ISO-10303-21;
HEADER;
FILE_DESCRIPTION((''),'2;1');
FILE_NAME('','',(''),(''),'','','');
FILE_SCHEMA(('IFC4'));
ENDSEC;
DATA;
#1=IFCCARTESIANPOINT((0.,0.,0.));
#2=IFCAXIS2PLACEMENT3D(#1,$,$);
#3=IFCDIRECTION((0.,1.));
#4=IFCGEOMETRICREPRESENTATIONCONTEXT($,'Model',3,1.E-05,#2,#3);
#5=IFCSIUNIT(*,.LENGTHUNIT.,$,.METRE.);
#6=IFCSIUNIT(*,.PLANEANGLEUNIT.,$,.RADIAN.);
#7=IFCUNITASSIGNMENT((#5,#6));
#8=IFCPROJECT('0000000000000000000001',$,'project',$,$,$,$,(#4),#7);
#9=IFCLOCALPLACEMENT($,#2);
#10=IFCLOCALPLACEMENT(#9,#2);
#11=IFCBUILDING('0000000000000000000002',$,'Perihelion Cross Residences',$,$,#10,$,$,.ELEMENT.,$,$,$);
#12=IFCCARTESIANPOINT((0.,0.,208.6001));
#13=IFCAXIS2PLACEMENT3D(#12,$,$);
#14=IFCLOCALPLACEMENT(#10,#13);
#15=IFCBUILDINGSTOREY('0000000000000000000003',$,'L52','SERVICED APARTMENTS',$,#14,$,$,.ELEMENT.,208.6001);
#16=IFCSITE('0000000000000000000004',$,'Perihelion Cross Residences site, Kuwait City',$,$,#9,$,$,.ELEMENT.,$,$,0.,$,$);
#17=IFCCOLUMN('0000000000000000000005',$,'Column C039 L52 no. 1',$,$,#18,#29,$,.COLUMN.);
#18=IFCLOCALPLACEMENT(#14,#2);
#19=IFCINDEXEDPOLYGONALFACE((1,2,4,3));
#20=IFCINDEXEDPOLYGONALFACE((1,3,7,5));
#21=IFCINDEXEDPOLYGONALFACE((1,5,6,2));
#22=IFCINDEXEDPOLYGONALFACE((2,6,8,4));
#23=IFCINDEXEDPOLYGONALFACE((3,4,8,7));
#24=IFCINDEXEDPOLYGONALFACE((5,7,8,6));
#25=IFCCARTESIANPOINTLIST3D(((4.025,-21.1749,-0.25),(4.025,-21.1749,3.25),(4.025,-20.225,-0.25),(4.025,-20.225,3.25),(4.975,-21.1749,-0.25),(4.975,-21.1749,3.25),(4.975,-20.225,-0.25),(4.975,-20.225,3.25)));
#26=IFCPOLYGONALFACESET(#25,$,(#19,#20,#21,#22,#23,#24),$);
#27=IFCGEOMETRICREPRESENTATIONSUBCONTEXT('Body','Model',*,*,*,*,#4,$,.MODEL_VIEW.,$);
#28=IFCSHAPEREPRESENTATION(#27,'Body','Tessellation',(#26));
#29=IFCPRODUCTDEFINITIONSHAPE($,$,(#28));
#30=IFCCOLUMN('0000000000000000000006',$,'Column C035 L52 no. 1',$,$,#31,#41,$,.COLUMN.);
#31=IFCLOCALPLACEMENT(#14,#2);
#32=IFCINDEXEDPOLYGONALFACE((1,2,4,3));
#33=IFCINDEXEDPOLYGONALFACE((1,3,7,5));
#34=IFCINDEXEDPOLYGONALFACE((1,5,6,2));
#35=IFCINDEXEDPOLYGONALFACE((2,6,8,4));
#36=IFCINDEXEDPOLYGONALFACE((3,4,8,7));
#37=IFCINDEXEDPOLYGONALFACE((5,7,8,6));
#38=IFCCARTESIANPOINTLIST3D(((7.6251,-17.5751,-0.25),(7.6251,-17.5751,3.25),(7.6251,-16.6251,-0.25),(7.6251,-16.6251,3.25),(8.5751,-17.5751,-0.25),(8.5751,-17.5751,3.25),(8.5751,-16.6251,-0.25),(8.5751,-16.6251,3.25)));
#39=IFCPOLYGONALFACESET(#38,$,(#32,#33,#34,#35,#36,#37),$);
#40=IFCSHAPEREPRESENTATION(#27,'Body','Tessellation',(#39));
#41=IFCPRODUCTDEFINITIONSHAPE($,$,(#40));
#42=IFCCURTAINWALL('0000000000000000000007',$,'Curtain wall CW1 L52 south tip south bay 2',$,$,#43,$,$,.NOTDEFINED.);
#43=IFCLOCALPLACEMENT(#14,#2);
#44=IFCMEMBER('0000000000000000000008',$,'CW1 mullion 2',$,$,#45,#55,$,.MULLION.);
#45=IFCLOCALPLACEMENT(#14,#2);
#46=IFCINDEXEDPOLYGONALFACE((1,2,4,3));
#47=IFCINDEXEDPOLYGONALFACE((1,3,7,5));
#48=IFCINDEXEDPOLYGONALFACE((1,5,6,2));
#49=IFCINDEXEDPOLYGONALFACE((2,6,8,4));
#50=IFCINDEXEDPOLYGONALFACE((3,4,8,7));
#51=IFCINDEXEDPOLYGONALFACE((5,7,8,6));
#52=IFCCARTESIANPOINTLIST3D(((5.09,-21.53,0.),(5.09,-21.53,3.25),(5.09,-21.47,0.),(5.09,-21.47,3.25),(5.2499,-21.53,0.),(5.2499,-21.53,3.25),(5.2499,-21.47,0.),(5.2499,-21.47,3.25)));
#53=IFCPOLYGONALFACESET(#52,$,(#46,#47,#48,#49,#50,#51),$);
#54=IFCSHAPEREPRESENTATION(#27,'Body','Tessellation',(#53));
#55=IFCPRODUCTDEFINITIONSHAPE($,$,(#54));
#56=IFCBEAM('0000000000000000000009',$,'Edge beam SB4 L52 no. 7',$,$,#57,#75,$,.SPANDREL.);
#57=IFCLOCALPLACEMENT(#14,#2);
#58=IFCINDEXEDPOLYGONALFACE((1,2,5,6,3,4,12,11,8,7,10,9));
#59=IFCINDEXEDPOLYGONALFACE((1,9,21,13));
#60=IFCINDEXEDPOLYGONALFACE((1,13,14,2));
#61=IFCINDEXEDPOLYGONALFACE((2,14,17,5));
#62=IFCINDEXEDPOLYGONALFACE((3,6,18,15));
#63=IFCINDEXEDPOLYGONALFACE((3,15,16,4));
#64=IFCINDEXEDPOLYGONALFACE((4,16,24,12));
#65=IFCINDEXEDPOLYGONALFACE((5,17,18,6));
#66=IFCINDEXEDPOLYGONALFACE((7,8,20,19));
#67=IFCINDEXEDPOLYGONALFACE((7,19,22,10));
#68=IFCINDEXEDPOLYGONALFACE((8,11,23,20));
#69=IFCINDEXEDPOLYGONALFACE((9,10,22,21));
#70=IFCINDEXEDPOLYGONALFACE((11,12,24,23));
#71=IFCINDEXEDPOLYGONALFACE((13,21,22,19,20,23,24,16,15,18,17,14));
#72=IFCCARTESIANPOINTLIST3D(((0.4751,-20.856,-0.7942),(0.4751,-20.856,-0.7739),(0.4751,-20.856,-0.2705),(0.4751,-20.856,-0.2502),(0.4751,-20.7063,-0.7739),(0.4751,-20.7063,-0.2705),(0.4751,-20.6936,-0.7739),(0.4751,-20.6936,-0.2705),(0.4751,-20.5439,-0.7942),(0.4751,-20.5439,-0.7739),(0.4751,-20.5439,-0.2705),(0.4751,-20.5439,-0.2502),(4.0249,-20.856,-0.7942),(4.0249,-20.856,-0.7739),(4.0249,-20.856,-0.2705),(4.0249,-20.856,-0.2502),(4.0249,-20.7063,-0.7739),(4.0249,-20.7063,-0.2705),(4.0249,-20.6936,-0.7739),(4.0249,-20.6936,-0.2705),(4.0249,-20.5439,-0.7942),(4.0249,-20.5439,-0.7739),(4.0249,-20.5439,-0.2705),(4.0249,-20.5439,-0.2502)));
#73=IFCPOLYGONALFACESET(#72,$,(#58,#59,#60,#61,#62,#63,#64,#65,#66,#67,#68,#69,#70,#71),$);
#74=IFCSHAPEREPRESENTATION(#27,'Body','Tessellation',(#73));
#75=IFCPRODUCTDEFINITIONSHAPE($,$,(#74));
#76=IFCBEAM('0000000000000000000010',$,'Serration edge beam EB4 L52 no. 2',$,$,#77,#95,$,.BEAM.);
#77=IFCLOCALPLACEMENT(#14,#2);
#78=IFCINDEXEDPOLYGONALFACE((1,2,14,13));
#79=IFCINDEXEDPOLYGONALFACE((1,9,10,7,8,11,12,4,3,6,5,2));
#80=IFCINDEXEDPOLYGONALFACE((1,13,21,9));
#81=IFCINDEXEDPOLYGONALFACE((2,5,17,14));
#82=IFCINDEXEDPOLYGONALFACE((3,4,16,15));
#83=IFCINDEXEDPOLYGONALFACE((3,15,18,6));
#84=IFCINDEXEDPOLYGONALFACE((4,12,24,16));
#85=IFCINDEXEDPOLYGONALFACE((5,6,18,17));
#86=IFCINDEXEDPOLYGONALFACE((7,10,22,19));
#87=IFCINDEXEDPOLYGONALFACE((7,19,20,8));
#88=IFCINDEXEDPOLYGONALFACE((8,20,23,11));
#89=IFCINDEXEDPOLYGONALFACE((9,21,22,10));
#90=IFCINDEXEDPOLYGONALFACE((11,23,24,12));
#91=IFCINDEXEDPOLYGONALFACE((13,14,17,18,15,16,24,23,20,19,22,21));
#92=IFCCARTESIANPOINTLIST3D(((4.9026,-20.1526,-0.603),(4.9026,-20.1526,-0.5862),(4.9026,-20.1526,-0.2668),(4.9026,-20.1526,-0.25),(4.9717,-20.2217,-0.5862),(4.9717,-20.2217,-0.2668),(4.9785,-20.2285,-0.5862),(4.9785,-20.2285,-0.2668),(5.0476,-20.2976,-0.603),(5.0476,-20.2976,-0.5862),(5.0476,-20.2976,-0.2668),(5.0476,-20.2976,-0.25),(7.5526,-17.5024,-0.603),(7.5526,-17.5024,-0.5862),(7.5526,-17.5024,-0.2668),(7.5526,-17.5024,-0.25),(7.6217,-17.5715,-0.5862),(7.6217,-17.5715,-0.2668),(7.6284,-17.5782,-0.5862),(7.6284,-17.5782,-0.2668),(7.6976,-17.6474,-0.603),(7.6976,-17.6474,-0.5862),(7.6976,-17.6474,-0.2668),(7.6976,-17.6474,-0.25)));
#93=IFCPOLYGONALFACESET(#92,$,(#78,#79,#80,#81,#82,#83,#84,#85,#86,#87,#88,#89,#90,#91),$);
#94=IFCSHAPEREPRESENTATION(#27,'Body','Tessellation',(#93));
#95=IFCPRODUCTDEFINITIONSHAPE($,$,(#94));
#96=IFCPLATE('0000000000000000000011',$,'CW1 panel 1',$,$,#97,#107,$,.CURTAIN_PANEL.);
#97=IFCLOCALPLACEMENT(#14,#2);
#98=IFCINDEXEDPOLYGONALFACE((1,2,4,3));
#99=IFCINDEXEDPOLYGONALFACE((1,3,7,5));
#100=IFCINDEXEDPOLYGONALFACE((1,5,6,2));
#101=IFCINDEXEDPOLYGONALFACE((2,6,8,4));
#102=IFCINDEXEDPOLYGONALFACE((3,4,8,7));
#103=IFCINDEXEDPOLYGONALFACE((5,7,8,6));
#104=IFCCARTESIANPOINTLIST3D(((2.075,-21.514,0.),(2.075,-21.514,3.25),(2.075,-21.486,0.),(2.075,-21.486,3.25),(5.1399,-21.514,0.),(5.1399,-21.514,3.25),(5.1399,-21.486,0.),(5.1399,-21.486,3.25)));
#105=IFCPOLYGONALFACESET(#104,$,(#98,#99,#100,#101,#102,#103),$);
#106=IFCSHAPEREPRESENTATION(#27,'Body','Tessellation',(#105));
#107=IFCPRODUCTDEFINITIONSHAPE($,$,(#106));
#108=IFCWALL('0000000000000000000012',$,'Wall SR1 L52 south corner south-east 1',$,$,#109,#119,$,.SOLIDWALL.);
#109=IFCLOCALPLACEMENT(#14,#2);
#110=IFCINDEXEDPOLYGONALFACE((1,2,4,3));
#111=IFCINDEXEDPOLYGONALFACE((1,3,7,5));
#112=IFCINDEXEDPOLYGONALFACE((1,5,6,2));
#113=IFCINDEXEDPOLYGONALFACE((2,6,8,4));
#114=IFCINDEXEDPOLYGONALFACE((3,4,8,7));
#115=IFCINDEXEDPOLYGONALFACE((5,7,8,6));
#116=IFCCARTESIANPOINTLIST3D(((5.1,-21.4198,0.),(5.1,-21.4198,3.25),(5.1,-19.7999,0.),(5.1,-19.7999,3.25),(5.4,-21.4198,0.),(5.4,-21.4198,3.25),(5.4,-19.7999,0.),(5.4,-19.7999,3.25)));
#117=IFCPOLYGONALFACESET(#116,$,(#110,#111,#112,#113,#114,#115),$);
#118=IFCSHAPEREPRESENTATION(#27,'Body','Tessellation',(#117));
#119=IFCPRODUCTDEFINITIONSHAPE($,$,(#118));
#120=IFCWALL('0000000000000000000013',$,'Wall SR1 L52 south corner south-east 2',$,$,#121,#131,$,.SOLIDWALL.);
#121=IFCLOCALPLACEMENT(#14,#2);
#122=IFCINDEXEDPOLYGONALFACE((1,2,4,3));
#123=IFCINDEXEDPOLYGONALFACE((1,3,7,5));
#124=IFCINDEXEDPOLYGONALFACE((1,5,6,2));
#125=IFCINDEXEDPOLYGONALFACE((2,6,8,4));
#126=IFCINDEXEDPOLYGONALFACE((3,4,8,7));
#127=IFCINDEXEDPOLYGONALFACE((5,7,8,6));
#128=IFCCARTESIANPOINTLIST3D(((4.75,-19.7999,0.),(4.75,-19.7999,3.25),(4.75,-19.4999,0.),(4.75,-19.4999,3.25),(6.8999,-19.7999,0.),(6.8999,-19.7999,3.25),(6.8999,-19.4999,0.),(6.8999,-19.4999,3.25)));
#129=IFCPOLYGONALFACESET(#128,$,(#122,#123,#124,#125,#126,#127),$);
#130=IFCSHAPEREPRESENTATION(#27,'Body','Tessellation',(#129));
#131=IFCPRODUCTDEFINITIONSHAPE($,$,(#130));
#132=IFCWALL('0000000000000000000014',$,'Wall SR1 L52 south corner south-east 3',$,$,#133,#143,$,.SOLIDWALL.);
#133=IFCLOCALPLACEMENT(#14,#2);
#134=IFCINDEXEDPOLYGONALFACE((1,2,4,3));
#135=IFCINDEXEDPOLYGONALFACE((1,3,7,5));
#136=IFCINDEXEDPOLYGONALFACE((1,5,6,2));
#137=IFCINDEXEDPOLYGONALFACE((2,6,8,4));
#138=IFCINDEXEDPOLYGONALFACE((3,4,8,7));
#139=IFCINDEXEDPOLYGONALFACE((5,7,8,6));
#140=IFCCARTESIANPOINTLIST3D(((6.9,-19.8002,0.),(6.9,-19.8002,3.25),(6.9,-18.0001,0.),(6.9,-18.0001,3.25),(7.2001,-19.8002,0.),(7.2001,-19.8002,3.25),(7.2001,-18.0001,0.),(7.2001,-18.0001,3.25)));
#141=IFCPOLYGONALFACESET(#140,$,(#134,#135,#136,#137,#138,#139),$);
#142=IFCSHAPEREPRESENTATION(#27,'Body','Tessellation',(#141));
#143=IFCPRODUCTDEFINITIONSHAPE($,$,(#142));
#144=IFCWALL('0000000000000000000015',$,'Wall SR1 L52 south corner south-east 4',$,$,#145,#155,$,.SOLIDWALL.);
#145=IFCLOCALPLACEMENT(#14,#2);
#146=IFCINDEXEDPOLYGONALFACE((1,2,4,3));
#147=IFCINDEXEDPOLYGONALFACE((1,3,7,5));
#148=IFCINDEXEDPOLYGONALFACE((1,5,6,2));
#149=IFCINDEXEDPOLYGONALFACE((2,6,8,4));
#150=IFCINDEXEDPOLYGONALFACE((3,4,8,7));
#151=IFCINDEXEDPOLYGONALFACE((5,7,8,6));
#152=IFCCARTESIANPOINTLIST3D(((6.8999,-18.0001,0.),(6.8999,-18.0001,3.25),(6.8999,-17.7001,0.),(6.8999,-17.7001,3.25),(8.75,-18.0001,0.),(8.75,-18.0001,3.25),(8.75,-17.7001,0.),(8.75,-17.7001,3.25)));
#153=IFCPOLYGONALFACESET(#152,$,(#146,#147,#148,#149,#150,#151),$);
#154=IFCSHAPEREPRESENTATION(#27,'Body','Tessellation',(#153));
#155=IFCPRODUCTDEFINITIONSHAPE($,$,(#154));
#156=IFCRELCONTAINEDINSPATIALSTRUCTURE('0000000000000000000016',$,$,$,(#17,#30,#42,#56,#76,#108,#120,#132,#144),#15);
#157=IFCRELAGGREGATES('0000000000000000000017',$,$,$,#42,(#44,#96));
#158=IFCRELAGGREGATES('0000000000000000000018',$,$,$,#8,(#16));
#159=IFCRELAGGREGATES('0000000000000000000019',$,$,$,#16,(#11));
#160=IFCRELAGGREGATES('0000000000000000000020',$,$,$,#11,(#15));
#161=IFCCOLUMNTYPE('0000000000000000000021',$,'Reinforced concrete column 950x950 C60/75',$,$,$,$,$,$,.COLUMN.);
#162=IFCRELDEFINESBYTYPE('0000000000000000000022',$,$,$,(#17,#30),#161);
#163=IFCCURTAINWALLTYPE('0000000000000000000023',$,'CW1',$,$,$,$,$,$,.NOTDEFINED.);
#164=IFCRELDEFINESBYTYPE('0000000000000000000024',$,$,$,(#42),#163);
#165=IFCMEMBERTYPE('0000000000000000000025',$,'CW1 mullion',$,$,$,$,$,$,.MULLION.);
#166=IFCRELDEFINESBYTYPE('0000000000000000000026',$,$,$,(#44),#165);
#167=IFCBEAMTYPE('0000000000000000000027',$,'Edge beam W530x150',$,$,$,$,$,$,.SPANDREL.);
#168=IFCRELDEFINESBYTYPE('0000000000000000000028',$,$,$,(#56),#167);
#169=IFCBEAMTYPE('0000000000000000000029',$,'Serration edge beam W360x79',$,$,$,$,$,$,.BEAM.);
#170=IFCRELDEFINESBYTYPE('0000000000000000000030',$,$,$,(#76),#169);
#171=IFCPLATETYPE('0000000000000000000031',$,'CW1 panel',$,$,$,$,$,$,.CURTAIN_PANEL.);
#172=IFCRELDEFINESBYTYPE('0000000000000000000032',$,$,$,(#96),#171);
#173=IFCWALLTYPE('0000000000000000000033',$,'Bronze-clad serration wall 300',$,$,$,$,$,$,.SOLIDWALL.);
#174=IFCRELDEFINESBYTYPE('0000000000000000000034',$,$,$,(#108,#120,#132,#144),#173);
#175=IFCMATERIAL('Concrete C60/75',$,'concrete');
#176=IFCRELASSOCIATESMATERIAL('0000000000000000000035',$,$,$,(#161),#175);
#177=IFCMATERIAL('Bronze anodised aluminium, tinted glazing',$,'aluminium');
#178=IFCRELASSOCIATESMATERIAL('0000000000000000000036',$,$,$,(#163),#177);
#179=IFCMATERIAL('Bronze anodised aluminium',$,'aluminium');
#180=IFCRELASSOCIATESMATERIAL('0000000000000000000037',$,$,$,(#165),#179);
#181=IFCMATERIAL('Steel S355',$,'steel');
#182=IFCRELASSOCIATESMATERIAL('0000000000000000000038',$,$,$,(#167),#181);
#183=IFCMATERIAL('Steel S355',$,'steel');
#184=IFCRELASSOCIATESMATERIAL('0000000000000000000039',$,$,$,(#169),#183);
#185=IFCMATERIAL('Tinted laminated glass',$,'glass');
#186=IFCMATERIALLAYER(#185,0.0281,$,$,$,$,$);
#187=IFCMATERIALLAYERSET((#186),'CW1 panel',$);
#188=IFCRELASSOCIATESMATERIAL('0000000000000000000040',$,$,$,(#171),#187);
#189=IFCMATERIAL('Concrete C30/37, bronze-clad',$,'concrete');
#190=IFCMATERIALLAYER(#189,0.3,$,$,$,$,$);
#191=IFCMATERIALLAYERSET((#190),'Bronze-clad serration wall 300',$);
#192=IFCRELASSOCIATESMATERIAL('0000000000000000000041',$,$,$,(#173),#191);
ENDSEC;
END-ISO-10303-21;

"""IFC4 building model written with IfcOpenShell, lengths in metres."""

from ifc_helpers import new_model, si_unit, direction, frame, frame_2d, origin, origin_2d, place, context, subcontext, project, spatial, rectangle, i_section, extrude, material, layer, layer_set, material_profile, profile_set, type_object, element, aggregate, save


model = new_model("IFC4")

# Units and contexts
model_context = context("Model", 3, precision=1e-05, world=origin(), true_north=direction((0.0, 1.0)))
body_context = subcontext(model_context, "Body", "Model", "MODEL_VIEW")
ifc_project = project(units=[si_unit("LENGTHUNIT", "METRE"), si_unit("PLANEANGLEUNIT", "RADIAN")], contexts=[model_context])

# Site, building, storey
site_placement = place(None, origin())
site = spatial("IfcSite", under=ifc_project, at=site_placement, Name="Perihelion Cross Residences site, Kuwait City", CompositionType="ELEMENT", RefElevation=0.0)
building_placement = place(site_placement, origin())
building = spatial("IfcBuilding", under=site, at=building_placement, Name="Perihelion Cross Residences", CompositionType="ELEMENT")
storey_placement = place(building_placement, frame((0.0, 0.0, 208.6001)))
storey = spatial("IfcBuildingStorey", under=building, at=storey_placement, Name="L52", Description="SERVICED APARTMENTS", CompositionType="ELEMENT", Elevation=208.6001)

# Columns
ifc_material_1 = material(Name="Concrete C60/75", Category="concrete")
ifc_material_profile_1 = material_profile(ifc_material_1, rectangle(XDim=0.95, YDim=0.95, at=origin_2d()), Name="RC 950x950")
ifc_profile_set_1 = profile_set([ifc_material_profile_1], Name="Concrete C60/75")
column_type = type_object("IfcColumnType", Name="Reinforced concrete column 950x950 C60/75", PredefinedType="COLUMN", material=ifc_profile_set_1)
for number, where, z_axis, x_axis, name in (
    (1, (4.5, -20.7, -0.25), (0.0, 0.0, 1.0), (1.0, 0.0, 0.0), "Column C039 L52 no. 1"),
    (2, (8.1001, -17.1001, -0.25), (0.0, 0.0, 1.0), (1.0, 0.0, 0.0), "Column C035 L52 no. 1"),
):
    element("IfcColumn", number, at=place(storey_placement, frame(where, z_axis=z_axis, x_axis=x_axis)), inside=storey, type_object=column_type, Name=name, PredefinedType="COLUMN", context=body_context, shape_type="SweptSolid", body=[
        extrude(rectangle(XDim=0.95, YDim=0.95, at=origin_2d()), origin(), (0.0, 0.0, 1.0), 3.5),
    ])

# Curtain wall, member
ifc_material_2 = material(Name="Bronze anodised aluminium, tinted glazing", Category="aluminium")
curtain_wall_type = type_object("IfcCurtainWallType", Name="CW1", PredefinedType="NOTDEFINED", material=ifc_material_2)
curtain_wall_placement = place(storey_placement, origin())
curtain_wall = element("IfcCurtainWall", 3, at=curtain_wall_placement, inside=storey, type_object=curtain_wall_type, Name="Curtain wall CW1 L52 south tip south bay 2", PredefinedType="NOTDEFINED")
ifc_material_3 = material(Name="Bronze anodised aluminium", Category="aluminium")
ifc_material_profile_2 = material_profile(ifc_material_3, rectangle(XDim=0.0601, YDim=0.1599, at=origin_2d()), Name="CW1 mullion")
ifc_profile_set_2 = profile_set([ifc_material_profile_2], Name="Bronze anodised aluminium")
member_type = type_object("IfcMemberType", Name="CW1 mullion", PredefinedType="MULLION", material=ifc_profile_set_2)
member_placement = place(storey_placement, frame((5.1699, -21.5, 0.0), z_axis=(0.0, 0.0, 1.0), x_axis=(0.0, 1.0, 0.0)))
member = element("IfcMember", 4, at=member_placement, type_object=member_type, Name="CW1 mullion 2", PredefinedType="MULLION", context=body_context, shape_type="SweptSolid", body=[
    extrude(rectangle(XDim=0.0601, YDim=0.1599, at=origin_2d()), origin(), (0.0, 0.0, 1.0), 3.25),
])

# Beams
ifc_material_4 = material(Name="Steel S355", Category="steel")
ifc_material_profile_3 = material_profile(ifc_material_4, i_section(OverallWidth=0.312, OverallDepth=0.5439, WebThickness=0.0127, FlangeThickness=0.0203, at=origin_2d()), Name="W530x150")
ifc_profile_set_3 = profile_set([ifc_material_profile_3], Name="Steel S355")
beam_type_1 = type_object("IfcBeamType", Name="Edge beam W530x150", PredefinedType="SPANDREL", material=ifc_profile_set_3)
beam_1_placement = place(storey_placement, frame((0.4751, -20.7, -0.5222), z_axis=(1.0, 0.0, 0.0), x_axis=(0.0, 1.0, 0.0)))
element("IfcBeam", 5, at=beam_1_placement, inside=storey, type_object=beam_type_1, Name="Edge beam SB4 L52 no. 7", PredefinedType="SPANDREL", context=body_context, shape_type="SweptSolid", body=[
    extrude(i_section(OverallWidth=0.312, OverallDepth=0.5439, WebThickness=0.0127, FlangeThickness=0.0203, at=origin_2d()), origin(), (0.0, 0.0, 1.0), 3.5498),
])
ifc_material_5 = material(Name="Steel S355", Category="steel")
ifc_material_profile_4 = material_profile(ifc_material_5, i_section(OverallWidth=0.2051, OverallDepth=0.353, WebThickness=0.0095, FlangeThickness=0.0168, at=origin_2d()), Name="W360x79")
ifc_profile_set_4 = profile_set([ifc_material_profile_4], Name="Steel S355")
beam_type_2 = type_object("IfcBeamType", Name="Serration edge beam W360x79", PredefinedType="BEAM", material=ifc_profile_set_4)
beam_2_placement = place(storey_placement, frame((4.9751, -20.2251, -0.4265), z_axis=(0.707074, 0.707139, 0.0), x_axis=(-0.707139, 0.707074, 0.0)))
element("IfcBeam", 6, at=beam_2_placement, inside=storey, type_object=beam_type_2, Name="Serration edge beam EB4 L52 no. 2", PredefinedType="BEAM", context=body_context, shape_type="SweptSolid", body=[
    extrude(i_section(OverallWidth=0.2051, OverallDepth=0.353, WebThickness=0.0095, FlangeThickness=0.0168, at=origin_2d()), origin(), (0.0, 0.0, 1.0), 3.7478),
])

# Plate
ifc_material_6 = material(Name="Tinted laminated glass", Category="glass")
ifc_layer_1 = layer(ifc_material_6, 0.0281)
ifc_layer_set_1 = layer_set([ifc_layer_1], Name="CW1 panel")
plate_type = type_object("IfcPlateType", Name="CW1 panel", PredefinedType="CURTAIN_PANEL", material=ifc_layer_set_1)
plate_placement = place(storey_placement, frame((3.6074, -21.5, 0.0), z_axis=(0.0, 0.0, 1.0), x_axis=(1.0, 0.0, 0.0)))
plate = element("IfcPlate", 7, at=plate_placement, type_object=plate_type, Name="CW1 panel 1", PredefinedType="CURTAIN_PANEL", context=body_context, shape_type="SweptSolid", body=[
    extrude(rectangle(XDim=3.0649, YDim=0.0281, at=origin_2d()), origin(), (0.0, 0.0, 1.0), 3.25),
])
aggregate(curtain_wall, [member, plate])

# Walls
ifc_material_7 = material(Name="Concrete C30/37, bronze-clad", Category="concrete")
ifc_layer_2 = layer(ifc_material_7, 0.3)
ifc_layer_set_2 = layer_set([ifc_layer_2], Name="Bronze-clad serration wall 300")
wall_type_1 = type_object("IfcWallType", Name="Bronze-clad serration wall 300", PredefinedType="SOLIDWALL", material=ifc_layer_set_2)
wall_1_placement = place(storey_placement, frame((5.25, -21.4199, 0.0), z_axis=(0.0, 0.0, 1.0), x_axis=(0.0, 1.0, 0.0)))
element("IfcWall", 8, at=wall_1_placement, inside=storey, type_object=wall_type_1, Name="Wall SR1 L52 south corner south-east 1", PredefinedType="SOLIDWALL", context=body_context, shape_type="SweptSolid", body=[
    extrude(rectangle(XDim=1.6199, YDim=0.3, at=frame_2d((0.8101, 0.0))), origin(), (0.0, 0.0, 1.0), 3.25),
])
wall_2_placement = place(storey_placement, frame((4.75, -19.6499, 0.0), z_axis=(0.0, 0.0, 1.0), x_axis=(1.0, 0.0, 0.0)))
element("IfcWall", 9, at=wall_2_placement, inside=storey, type_object=wall_type_1, Name="Wall SR1 L52 south corner south-east 2", PredefinedType="SOLIDWALL", context=body_context, shape_type="SweptSolid", body=[
    extrude(rectangle(XDim=2.1499, YDim=0.3, at=frame_2d((1.075, 0.0))), origin(), (0.0, 0.0, 1.0), 3.25),
])
wall_3_placement = place(storey_placement, frame((7.05, -19.8, 0.0), z_axis=(0.0, 0.0, 1.0), x_axis=(0.0, 1.0, 0.0)))
element("IfcWall", 10, at=wall_3_placement, inside=storey, type_object=wall_type_1, Name="Wall SR1 L52 south corner south-east 3", PredefinedType="SOLIDWALL", context=body_context, shape_type="SweptSolid", body=[
    extrude(rectangle(XDim=1.8, YDim=0.3, at=frame_2d((0.8999, 0.0))), origin(), (0.0, 0.0, 1.0), 3.25),
])
wall_4_placement = place(storey_placement, frame((6.8999, -17.8501, 0.0), z_axis=(0.0, 0.0, 1.0), x_axis=(1.0, 0.0, 0.0)))
element("IfcWall", 11, at=wall_4_placement, inside=storey, type_object=wall_type_1, Name="Wall SR1 L52 south corner south-east 4", PredefinedType="SOLIDWALL", context=body_context, shape_type="SweptSolid", body=[
    extrude(rectangle(XDim=1.8501, YDim=0.3, at=frame_2d((0.925, 0.0))), origin(), (0.0, 0.0, 1.0), 3.25),
])

save(model, "model.ifc")
